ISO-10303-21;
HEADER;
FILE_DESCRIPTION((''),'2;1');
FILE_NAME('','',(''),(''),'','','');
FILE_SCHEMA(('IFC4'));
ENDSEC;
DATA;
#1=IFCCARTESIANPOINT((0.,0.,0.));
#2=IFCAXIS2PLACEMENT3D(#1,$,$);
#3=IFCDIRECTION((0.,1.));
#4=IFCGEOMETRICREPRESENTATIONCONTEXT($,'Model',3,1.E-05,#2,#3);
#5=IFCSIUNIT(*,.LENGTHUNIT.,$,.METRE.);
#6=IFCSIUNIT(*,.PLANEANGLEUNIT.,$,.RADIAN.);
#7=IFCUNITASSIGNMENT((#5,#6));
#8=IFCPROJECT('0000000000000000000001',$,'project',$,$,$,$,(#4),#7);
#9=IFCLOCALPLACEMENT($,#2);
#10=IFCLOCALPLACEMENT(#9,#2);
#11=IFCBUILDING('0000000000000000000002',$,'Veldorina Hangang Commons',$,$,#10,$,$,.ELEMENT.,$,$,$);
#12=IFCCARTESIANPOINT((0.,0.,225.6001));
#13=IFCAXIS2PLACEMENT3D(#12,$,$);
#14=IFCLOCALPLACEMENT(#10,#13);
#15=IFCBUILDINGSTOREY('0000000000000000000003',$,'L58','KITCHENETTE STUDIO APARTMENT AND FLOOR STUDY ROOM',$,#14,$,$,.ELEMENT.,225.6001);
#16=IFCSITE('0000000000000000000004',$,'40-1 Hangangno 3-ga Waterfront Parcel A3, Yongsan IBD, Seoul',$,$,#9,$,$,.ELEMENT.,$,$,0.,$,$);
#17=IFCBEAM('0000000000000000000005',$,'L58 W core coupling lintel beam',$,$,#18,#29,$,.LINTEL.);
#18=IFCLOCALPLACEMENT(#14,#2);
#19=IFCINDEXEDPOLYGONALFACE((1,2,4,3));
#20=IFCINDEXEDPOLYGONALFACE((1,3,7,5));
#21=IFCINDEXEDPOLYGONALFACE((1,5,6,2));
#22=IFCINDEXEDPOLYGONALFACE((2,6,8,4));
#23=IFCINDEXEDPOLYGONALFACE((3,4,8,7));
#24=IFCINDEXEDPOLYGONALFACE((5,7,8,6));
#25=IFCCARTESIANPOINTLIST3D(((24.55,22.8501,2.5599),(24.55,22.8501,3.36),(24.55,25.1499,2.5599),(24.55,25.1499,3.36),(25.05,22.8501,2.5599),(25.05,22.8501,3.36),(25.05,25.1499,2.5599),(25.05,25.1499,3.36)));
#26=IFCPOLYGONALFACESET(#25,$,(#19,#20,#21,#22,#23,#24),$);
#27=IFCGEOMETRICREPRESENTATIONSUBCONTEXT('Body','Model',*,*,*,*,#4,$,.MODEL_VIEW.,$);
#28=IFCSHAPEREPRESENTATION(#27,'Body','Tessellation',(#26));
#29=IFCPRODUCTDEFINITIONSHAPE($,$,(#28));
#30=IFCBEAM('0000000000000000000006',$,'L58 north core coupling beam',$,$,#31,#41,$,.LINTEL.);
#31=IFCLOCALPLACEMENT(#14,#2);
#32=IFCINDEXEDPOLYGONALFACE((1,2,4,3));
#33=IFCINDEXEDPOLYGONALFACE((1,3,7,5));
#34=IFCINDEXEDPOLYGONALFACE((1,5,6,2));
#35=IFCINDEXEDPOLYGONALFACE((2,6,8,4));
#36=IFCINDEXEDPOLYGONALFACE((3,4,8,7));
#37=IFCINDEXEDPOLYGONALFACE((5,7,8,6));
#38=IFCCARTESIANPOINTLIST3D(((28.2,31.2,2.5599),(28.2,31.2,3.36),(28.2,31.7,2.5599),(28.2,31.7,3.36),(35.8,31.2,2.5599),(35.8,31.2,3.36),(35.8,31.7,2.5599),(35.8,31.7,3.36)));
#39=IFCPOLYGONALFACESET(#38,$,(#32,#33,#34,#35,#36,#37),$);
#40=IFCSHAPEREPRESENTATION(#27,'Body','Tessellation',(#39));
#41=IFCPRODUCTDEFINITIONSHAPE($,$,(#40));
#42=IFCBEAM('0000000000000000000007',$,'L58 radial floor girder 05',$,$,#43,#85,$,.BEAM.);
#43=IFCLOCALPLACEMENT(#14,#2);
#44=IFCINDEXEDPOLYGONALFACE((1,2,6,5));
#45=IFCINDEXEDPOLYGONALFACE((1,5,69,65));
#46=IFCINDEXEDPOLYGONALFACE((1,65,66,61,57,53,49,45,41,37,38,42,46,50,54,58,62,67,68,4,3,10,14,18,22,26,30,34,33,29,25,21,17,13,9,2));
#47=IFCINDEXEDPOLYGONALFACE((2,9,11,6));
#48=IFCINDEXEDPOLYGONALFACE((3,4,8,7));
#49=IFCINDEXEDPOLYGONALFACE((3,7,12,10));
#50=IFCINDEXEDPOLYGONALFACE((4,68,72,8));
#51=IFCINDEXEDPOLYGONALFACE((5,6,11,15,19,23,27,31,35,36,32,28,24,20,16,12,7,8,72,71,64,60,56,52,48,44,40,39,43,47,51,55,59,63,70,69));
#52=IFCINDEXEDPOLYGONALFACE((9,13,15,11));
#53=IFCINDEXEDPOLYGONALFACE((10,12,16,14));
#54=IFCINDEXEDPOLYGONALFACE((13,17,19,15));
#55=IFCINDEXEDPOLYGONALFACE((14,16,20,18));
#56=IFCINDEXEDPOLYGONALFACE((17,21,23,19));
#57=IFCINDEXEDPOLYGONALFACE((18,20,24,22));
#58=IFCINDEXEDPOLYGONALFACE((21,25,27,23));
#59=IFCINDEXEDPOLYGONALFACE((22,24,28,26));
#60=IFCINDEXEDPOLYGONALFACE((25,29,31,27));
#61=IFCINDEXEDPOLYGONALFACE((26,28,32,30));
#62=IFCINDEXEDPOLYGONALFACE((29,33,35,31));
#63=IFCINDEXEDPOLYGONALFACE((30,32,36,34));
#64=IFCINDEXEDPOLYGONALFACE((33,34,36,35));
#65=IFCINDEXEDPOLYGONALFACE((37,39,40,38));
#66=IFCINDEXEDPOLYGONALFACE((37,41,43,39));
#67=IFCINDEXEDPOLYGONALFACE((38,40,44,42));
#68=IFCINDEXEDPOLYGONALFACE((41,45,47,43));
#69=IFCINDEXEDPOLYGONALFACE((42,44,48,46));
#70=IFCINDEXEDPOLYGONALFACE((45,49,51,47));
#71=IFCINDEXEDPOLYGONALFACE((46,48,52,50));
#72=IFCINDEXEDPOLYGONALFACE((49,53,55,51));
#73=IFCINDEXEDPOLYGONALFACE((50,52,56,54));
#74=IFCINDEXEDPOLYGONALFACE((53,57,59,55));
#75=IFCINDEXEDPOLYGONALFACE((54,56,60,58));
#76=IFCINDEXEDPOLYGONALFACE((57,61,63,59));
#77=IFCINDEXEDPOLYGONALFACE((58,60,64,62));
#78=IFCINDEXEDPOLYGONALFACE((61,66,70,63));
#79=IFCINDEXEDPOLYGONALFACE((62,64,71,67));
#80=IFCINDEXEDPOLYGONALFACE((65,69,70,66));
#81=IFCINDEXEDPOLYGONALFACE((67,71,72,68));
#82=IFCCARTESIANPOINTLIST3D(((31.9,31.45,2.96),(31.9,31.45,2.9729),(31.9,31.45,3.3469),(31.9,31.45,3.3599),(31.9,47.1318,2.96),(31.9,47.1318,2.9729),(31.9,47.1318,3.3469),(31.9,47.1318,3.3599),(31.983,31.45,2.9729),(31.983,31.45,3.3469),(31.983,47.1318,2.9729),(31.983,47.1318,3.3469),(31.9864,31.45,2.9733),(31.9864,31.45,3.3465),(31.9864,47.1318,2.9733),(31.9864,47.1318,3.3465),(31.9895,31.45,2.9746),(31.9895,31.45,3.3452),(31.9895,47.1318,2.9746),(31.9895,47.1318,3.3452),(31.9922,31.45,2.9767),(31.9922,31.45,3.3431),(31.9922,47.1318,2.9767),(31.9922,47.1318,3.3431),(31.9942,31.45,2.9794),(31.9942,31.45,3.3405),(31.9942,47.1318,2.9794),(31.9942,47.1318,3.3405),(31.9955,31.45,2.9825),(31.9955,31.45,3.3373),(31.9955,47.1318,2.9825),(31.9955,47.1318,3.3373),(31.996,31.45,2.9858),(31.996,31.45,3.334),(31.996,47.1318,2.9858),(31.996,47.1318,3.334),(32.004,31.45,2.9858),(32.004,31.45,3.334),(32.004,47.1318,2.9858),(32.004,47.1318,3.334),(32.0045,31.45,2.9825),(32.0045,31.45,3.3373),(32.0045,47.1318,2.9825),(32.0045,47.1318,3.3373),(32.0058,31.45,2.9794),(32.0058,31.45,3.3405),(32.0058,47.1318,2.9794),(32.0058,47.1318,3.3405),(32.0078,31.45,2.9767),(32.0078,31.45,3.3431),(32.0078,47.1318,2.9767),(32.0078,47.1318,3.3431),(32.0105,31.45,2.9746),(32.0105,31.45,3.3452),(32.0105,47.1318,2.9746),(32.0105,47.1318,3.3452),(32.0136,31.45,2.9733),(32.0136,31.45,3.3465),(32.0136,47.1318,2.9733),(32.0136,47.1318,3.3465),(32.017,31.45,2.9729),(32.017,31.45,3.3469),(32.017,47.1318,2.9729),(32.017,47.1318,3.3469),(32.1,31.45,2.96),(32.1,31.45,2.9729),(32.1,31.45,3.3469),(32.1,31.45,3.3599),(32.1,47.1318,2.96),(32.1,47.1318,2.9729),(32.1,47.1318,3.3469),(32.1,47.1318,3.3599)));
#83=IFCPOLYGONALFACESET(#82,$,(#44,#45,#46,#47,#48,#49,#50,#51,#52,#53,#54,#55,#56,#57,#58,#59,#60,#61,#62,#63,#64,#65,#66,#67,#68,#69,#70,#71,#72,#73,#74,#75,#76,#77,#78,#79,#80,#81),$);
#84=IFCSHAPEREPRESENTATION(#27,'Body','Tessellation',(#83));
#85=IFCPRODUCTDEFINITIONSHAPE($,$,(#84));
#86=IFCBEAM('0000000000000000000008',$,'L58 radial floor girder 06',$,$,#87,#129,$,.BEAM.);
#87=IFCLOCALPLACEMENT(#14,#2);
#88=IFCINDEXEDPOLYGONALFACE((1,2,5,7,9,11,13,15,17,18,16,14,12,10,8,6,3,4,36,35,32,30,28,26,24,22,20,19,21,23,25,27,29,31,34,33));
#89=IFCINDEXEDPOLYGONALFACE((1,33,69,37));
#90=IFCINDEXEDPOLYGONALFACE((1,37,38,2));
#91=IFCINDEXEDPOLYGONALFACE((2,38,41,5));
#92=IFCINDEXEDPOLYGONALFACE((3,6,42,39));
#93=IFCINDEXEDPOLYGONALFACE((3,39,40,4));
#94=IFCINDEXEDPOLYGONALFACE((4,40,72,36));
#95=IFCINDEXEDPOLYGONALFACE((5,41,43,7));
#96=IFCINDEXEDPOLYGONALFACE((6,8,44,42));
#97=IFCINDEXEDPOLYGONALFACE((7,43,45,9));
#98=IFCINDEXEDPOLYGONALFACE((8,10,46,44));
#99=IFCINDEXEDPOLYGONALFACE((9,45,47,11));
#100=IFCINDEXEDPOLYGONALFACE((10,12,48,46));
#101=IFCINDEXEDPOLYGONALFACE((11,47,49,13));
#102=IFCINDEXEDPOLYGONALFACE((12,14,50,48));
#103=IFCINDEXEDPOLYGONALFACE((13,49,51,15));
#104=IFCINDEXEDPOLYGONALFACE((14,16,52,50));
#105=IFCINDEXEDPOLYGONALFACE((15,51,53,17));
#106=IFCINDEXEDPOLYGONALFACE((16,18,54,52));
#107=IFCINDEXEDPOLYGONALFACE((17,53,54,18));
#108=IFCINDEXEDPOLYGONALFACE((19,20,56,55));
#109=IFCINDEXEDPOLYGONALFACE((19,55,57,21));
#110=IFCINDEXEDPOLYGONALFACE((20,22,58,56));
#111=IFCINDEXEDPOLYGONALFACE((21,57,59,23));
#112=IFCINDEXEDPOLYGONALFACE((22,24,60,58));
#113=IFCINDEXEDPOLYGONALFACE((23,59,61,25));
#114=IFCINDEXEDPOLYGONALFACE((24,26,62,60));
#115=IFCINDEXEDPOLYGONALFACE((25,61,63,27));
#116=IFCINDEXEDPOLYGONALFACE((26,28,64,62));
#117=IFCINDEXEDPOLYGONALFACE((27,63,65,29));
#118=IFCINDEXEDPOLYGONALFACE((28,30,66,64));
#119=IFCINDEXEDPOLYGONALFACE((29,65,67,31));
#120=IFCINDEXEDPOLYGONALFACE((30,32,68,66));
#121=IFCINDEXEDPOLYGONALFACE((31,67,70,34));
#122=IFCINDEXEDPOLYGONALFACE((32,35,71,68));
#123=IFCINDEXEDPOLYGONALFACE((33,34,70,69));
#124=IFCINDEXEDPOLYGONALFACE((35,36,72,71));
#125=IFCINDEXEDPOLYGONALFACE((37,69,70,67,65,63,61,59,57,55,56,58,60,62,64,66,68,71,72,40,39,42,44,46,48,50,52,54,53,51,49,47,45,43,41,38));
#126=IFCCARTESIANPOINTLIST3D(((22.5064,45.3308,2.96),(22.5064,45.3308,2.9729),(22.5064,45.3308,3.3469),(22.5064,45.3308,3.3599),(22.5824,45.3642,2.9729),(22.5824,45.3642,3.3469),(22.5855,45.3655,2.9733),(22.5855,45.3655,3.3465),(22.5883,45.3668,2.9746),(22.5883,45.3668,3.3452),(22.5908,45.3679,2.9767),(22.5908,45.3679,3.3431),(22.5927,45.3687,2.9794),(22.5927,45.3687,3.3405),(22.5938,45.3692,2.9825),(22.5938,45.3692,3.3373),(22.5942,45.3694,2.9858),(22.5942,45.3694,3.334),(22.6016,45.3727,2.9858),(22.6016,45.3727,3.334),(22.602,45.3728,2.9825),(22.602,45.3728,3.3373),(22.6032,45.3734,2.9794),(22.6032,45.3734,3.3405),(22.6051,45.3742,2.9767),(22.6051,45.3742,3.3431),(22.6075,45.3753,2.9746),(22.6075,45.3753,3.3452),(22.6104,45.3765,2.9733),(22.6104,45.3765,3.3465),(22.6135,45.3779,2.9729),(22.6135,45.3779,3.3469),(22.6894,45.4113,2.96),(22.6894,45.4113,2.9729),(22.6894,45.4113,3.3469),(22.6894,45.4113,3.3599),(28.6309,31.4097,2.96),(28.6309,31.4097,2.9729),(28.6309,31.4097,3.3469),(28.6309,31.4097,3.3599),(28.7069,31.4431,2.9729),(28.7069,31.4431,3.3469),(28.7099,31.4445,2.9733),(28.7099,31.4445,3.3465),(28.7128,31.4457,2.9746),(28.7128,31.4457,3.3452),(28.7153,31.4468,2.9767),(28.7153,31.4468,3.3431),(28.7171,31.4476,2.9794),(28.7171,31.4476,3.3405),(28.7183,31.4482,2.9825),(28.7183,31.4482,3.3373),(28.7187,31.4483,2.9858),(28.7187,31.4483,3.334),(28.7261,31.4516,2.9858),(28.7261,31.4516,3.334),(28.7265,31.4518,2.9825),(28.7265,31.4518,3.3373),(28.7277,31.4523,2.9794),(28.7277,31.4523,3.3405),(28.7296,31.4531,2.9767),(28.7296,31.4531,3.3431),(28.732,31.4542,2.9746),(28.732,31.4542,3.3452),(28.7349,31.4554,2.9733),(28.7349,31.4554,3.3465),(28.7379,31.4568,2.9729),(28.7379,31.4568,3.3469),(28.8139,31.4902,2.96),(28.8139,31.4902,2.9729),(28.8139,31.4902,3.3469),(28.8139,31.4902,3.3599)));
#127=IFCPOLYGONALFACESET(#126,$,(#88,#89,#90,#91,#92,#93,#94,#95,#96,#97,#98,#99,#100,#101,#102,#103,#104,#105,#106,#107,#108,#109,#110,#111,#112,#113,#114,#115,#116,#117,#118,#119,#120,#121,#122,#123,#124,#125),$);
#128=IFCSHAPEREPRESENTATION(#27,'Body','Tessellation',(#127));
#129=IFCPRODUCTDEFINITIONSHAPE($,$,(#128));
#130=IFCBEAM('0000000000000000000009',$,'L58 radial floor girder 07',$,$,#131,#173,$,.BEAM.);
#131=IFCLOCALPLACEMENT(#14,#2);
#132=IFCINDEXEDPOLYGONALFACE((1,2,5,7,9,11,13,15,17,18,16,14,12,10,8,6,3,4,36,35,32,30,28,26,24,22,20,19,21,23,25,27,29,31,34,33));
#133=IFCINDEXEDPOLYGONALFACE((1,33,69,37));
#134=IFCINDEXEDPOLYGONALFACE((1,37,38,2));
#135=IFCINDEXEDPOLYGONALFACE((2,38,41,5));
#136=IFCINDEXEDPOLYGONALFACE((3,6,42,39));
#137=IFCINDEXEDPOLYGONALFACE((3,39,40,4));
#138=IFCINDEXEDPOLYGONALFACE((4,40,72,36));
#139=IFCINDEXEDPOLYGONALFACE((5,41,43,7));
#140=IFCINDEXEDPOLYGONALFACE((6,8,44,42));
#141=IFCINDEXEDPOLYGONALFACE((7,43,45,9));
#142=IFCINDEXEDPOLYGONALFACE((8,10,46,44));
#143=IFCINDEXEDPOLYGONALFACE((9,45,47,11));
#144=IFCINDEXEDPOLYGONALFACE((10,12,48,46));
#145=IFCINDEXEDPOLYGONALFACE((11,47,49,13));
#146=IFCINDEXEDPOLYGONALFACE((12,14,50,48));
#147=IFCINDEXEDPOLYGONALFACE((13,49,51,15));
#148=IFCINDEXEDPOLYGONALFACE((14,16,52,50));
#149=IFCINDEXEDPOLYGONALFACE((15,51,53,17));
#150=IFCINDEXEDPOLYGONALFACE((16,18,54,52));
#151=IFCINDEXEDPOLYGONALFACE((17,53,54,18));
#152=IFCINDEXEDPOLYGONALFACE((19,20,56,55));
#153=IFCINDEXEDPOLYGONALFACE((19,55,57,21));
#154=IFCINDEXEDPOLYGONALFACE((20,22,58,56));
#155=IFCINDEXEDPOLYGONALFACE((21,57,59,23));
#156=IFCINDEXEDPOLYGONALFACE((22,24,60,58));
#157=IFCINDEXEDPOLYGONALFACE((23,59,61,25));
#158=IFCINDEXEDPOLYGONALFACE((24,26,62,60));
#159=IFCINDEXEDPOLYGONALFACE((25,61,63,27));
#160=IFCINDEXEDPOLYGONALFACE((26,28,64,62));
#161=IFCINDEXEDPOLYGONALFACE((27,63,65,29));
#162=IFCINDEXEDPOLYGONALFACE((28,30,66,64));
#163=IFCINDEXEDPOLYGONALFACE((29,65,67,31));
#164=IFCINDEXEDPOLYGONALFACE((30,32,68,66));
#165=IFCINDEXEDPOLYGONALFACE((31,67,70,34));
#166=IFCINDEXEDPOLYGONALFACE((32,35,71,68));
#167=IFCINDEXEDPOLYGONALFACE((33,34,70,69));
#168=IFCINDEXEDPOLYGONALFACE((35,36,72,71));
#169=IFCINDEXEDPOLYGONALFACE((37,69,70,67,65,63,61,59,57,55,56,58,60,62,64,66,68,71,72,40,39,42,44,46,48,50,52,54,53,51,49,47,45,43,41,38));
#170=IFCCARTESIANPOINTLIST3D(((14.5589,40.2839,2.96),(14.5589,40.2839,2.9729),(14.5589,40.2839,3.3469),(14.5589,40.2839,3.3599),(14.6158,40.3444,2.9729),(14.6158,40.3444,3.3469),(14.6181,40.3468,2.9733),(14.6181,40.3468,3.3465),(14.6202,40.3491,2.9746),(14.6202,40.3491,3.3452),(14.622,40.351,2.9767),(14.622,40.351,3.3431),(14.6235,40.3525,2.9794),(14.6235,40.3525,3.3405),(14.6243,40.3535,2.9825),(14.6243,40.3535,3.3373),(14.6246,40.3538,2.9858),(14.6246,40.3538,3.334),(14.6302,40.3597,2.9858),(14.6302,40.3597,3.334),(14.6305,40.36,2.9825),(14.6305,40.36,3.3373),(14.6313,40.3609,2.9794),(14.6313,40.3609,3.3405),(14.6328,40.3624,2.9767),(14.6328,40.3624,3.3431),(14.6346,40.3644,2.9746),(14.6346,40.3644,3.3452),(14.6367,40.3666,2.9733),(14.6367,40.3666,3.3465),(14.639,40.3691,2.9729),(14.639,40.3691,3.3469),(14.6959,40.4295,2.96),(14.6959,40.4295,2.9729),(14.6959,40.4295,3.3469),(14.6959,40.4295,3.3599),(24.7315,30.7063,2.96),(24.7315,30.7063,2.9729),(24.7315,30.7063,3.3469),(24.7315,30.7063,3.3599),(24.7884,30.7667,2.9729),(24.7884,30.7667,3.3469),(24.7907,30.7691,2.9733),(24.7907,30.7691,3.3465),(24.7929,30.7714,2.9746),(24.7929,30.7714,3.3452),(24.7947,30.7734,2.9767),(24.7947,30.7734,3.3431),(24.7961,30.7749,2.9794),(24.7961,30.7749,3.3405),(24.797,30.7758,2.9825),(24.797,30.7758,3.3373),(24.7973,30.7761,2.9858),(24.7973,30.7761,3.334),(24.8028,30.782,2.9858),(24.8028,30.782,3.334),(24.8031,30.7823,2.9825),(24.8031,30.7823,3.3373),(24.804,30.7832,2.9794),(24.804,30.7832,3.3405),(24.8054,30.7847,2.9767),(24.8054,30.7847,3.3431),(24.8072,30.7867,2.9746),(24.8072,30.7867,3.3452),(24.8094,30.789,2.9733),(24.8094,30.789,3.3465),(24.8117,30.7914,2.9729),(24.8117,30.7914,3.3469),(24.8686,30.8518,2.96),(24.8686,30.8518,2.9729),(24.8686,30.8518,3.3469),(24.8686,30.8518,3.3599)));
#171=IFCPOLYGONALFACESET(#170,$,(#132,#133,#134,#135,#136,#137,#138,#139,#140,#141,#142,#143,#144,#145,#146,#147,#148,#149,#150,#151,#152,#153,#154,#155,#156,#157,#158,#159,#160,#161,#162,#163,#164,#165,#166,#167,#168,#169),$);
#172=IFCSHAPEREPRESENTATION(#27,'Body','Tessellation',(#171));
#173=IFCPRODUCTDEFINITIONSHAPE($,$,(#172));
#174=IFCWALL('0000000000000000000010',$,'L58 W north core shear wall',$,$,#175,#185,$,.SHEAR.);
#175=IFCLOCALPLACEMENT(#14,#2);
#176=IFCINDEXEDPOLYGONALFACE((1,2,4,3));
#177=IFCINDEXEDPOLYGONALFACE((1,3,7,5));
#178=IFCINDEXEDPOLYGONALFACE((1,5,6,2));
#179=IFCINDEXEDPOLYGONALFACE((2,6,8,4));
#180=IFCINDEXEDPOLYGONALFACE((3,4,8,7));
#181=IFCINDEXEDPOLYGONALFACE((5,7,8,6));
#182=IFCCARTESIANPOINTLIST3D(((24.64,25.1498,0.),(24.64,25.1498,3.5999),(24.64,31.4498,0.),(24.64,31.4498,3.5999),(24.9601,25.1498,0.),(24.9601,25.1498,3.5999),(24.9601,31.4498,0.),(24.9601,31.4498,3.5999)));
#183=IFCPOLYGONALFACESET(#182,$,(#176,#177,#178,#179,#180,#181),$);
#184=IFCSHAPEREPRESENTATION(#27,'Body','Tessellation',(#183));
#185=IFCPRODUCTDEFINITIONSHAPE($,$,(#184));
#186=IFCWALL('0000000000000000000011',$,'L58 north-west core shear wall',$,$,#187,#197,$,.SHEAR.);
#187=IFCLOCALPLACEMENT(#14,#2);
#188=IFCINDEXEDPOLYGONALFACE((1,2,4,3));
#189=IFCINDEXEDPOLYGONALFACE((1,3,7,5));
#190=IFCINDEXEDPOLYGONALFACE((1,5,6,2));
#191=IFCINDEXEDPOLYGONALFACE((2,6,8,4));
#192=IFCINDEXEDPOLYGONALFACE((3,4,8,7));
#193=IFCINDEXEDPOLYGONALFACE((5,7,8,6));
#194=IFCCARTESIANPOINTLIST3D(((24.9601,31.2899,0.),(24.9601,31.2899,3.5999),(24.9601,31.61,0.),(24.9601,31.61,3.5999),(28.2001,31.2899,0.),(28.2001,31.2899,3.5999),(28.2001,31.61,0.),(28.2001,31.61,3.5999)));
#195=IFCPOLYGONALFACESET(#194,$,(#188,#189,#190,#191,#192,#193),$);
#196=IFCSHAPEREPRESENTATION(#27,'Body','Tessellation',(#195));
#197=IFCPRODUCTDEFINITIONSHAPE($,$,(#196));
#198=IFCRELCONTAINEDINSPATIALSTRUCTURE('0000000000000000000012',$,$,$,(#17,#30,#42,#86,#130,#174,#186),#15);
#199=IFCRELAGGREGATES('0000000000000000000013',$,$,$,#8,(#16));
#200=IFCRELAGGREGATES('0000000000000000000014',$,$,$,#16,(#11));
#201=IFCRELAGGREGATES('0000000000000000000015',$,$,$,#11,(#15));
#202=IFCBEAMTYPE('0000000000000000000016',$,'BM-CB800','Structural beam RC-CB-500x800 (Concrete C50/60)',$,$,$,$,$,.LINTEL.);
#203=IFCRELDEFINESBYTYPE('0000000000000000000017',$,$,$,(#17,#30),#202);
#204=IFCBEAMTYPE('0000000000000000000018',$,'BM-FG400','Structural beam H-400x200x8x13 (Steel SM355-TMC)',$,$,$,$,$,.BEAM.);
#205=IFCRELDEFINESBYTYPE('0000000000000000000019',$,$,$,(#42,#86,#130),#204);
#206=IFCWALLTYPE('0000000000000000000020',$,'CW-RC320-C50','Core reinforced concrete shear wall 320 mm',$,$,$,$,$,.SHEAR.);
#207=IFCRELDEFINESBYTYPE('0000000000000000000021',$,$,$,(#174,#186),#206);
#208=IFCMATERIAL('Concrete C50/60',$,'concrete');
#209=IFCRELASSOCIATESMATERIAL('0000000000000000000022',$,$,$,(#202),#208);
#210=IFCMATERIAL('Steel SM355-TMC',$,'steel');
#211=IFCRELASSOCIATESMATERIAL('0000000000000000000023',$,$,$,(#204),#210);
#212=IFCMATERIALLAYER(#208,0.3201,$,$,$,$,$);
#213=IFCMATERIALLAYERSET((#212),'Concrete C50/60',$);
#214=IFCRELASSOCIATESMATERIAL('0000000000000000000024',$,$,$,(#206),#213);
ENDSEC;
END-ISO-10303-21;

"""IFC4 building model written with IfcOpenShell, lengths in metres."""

from ifc_helpers import new_model, si_unit, direction, frame, frame_2d, origin, origin_2d, place, context, subcontext, project, spatial, rectangle, i_section, extrude, material, layer, layer_set, material_profile, profile_set, type_object, element, save


model = new_model("IFC4")

# Units and contexts
model_context = context("Model", 3, precision=1e-05, world=origin(), true_north=direction((0.0, 1.0)))
body_context = subcontext(model_context, "Body", "Model", "MODEL_VIEW")
ifc_project = project(units=[si_unit("LENGTHUNIT", "METRE"), si_unit("PLANEANGLEUNIT", "RADIAN")], contexts=[model_context])

# Site, building, storey
site_placement = place(None, origin())
site = spatial("IfcSite", under=ifc_project, at=site_placement, Name="40-1 Hangangno 3-ga Waterfront Parcel A3, Yongsan IBD, Seoul", CompositionType="ELEMENT", RefElevation=0.0)
building_placement = place(site_placement, origin())
building = spatial("IfcBuilding", under=site, at=building_placement, Name="Veldorina Hangang Commons", CompositionType="ELEMENT")
storey_placement = place(building_placement, frame((0.0, 0.0, 225.6001)))
storey = spatial("IfcBuildingStorey", under=building, at=storey_placement, Name="L58", Description="KITCHENETTE STUDIO APARTMENT AND FLOOR STUDY ROOM", CompositionType="ELEMENT", Elevation=225.6001)

# Beams
ifc_material_1 = material(Name="Concrete C50/60", Category="concrete")
ifc_material_profile_1 = material_profile(ifc_material_1, rectangle(XDim=0.5, YDim=0.8, at=origin_2d()), Name="RC-CB-500x800")
ifc_profile_set_1 = profile_set([ifc_material_profile_1], Name="Concrete C50/60")
beam_type_1 = type_object("IfcBeamType", Name="BM-CB800", Description="Structural beam RC-CB-500x800 (Concrete C50/60)", PredefinedType="LINTEL", material=ifc_profile_set_1)
beam_1_placement = place(storey_placement, frame((24.8, 22.8501, 2.96), z_axis=(0.0, 1.0, 0.0), x_axis=(-1.0, 0.0, 0.0)))
element("IfcBeam", 1, at=beam_1_placement, inside=storey, type_object=beam_type_1, Name="L58 W core coupling lintel beam", PredefinedType="LINTEL", context=body_context, shape_type="SweptSolid", body=[
    extrude(rectangle(XDim=0.5, YDim=0.8, at=origin_2d()), origin(), (0.0, 0.0, 1.0), 2.2998),
])
beam_2_placement = place(storey_placement, frame((28.2, 31.45, 2.96), z_axis=(1.0, 0.0, 0.0), x_axis=(0.0, 1.0, 0.0)))
element("IfcBeam", 2, at=beam_2_placement, inside=storey, type_object=beam_type_1, Name="L58 north core coupling beam", PredefinedType="LINTEL", context=body_context, shape_type="SweptSolid", body=[
    extrude(rectangle(XDim=0.5, YDim=0.8, at=origin_2d()), origin(), (0.0, 0.0, 1.0), 7.6001),
])
ifc_material_2 = material(Name="Steel SM355-TMC", Category="steel")
ifc_material_profile_2 = material_profile(ifc_material_2, i_section(OverallWidth=0.2, OverallDepth=0.3999, WebThickness=0.0081, FlangeThickness=0.0129, FilletRadius=0.0129, at=origin_2d()), Name="H-400x200x8x13")
ifc_profile_set_2 = profile_set([ifc_material_profile_2], Name="Steel SM355-TMC")
beam_type_2 = type_object("IfcBeamType", Name="BM-FG400", Description="Structural beam H-400x200x8x13 (Steel SM355-TMC)", PredefinedType="BEAM", material=ifc_profile_set_2)
beam_3_placement = place(storey_placement, frame((32.0, 31.45, 3.1599), z_axis=(0.0, 1.0, 0.0), x_axis=(-1.0, 0.0, 0.0)))
element("IfcBeam", 3, at=beam_3_placement, inside=storey, type_object=beam_type_2, Name="L58 radial floor girder 05", PredefinedType="BEAM", context=body_context, shape_type="SweptSolid", body=[
    extrude(i_section(OverallWidth=0.2, OverallDepth=0.3999, WebThickness=0.0081, FlangeThickness=0.0129, FilletRadius=0.0129, at=origin_2d()), origin(), (0.0, 0.0, 1.0), 15.6819),
])
beam_4_placement = place(storey_placement, frame((28.7224, 31.45, 3.1599), z_axis=(-0.402695, 0.915334, 0.0), x_axis=(-0.915334, -0.402695, 0.0)))
element("IfcBeam", 4, at=beam_4_placement, inside=storey, type_object=beam_type_2, Name="L58 radial floor girder 06", PredefinedType="BEAM", context=body_context, shape_type="SweptSolid", body=[
    extrude(i_section(OverallWidth=0.2, OverallDepth=0.3999, WebThickness=0.0081, FlangeThickness=0.0129, FilletRadius=0.0129, at=origin_2d()), origin(), (0.0, 0.0, 1.0), 15.2087),
])
beam_5_placement = place(storey_placement, frame((24.8, 30.7791, 3.1599), z_axis=(-0.728078, 0.685494, 0.0), x_axis=(-0.685494, -0.728078, 0.0)))
element("IfcBeam", 5, at=beam_5_placement, inside=storey, type_object=beam_type_2, Name="L58 radial floor girder 07", PredefinedType="BEAM", context=body_context, shape_type="SweptSolid", body=[
    extrude(i_section(OverallWidth=0.2, OverallDepth=0.3999, WebThickness=0.0081, FlangeThickness=0.0129, FilletRadius=0.0129, at=origin_2d()), origin(), (0.0, 0.0, 1.0), 13.9719),
])

# Walls
ifc_layer_1 = layer(ifc_material_1, 0.3201)
ifc_layer_set_1 = layer_set([ifc_layer_1], Name="Concrete C50/60")
wall_type_1 = type_object("IfcWallType", Name="CW-RC320-C50", Description="Core reinforced concrete shear wall 320 mm", PredefinedType="SHEAR", material=ifc_layer_set_1)
wall_1_placement = place(storey_placement, frame((24.8, 25.1499, 0.0), z_axis=(0.0, 0.0, 1.0), x_axis=(0.0, 1.0, 0.0)))
element("IfcWall", 6, at=wall_1_placement, inside=storey, type_object=wall_type_1, Name="L58 W north core shear wall", PredefinedType="SHEAR", context=body_context, shape_type="SweptSolid", body=[
    extrude(rectangle(XDim=6.3, YDim=0.3201, at=frame_2d((3.1499, 0.0))), origin(), (0.0, 0.0, 1.0), 3.5999),
])
wall_2_placement = place(storey_placement, frame((24.96, 31.45, 0.0), z_axis=(0.0, 0.0, 1.0), x_axis=(1.0, 0.0, 0.0)))
element("IfcWall", 7, at=wall_2_placement, inside=storey, type_object=wall_type_1, Name="L58 north-west core shear wall", PredefinedType="SHEAR", context=body_context, shape_type="SweptSolid", body=[
    extrude(rectangle(XDim=3.24, YDim=0.3201, at=frame_2d((1.6201, 0.0))), origin(), (0.0, 0.0, 1.0), 3.5999),
])

save(model, "model.ifc")
